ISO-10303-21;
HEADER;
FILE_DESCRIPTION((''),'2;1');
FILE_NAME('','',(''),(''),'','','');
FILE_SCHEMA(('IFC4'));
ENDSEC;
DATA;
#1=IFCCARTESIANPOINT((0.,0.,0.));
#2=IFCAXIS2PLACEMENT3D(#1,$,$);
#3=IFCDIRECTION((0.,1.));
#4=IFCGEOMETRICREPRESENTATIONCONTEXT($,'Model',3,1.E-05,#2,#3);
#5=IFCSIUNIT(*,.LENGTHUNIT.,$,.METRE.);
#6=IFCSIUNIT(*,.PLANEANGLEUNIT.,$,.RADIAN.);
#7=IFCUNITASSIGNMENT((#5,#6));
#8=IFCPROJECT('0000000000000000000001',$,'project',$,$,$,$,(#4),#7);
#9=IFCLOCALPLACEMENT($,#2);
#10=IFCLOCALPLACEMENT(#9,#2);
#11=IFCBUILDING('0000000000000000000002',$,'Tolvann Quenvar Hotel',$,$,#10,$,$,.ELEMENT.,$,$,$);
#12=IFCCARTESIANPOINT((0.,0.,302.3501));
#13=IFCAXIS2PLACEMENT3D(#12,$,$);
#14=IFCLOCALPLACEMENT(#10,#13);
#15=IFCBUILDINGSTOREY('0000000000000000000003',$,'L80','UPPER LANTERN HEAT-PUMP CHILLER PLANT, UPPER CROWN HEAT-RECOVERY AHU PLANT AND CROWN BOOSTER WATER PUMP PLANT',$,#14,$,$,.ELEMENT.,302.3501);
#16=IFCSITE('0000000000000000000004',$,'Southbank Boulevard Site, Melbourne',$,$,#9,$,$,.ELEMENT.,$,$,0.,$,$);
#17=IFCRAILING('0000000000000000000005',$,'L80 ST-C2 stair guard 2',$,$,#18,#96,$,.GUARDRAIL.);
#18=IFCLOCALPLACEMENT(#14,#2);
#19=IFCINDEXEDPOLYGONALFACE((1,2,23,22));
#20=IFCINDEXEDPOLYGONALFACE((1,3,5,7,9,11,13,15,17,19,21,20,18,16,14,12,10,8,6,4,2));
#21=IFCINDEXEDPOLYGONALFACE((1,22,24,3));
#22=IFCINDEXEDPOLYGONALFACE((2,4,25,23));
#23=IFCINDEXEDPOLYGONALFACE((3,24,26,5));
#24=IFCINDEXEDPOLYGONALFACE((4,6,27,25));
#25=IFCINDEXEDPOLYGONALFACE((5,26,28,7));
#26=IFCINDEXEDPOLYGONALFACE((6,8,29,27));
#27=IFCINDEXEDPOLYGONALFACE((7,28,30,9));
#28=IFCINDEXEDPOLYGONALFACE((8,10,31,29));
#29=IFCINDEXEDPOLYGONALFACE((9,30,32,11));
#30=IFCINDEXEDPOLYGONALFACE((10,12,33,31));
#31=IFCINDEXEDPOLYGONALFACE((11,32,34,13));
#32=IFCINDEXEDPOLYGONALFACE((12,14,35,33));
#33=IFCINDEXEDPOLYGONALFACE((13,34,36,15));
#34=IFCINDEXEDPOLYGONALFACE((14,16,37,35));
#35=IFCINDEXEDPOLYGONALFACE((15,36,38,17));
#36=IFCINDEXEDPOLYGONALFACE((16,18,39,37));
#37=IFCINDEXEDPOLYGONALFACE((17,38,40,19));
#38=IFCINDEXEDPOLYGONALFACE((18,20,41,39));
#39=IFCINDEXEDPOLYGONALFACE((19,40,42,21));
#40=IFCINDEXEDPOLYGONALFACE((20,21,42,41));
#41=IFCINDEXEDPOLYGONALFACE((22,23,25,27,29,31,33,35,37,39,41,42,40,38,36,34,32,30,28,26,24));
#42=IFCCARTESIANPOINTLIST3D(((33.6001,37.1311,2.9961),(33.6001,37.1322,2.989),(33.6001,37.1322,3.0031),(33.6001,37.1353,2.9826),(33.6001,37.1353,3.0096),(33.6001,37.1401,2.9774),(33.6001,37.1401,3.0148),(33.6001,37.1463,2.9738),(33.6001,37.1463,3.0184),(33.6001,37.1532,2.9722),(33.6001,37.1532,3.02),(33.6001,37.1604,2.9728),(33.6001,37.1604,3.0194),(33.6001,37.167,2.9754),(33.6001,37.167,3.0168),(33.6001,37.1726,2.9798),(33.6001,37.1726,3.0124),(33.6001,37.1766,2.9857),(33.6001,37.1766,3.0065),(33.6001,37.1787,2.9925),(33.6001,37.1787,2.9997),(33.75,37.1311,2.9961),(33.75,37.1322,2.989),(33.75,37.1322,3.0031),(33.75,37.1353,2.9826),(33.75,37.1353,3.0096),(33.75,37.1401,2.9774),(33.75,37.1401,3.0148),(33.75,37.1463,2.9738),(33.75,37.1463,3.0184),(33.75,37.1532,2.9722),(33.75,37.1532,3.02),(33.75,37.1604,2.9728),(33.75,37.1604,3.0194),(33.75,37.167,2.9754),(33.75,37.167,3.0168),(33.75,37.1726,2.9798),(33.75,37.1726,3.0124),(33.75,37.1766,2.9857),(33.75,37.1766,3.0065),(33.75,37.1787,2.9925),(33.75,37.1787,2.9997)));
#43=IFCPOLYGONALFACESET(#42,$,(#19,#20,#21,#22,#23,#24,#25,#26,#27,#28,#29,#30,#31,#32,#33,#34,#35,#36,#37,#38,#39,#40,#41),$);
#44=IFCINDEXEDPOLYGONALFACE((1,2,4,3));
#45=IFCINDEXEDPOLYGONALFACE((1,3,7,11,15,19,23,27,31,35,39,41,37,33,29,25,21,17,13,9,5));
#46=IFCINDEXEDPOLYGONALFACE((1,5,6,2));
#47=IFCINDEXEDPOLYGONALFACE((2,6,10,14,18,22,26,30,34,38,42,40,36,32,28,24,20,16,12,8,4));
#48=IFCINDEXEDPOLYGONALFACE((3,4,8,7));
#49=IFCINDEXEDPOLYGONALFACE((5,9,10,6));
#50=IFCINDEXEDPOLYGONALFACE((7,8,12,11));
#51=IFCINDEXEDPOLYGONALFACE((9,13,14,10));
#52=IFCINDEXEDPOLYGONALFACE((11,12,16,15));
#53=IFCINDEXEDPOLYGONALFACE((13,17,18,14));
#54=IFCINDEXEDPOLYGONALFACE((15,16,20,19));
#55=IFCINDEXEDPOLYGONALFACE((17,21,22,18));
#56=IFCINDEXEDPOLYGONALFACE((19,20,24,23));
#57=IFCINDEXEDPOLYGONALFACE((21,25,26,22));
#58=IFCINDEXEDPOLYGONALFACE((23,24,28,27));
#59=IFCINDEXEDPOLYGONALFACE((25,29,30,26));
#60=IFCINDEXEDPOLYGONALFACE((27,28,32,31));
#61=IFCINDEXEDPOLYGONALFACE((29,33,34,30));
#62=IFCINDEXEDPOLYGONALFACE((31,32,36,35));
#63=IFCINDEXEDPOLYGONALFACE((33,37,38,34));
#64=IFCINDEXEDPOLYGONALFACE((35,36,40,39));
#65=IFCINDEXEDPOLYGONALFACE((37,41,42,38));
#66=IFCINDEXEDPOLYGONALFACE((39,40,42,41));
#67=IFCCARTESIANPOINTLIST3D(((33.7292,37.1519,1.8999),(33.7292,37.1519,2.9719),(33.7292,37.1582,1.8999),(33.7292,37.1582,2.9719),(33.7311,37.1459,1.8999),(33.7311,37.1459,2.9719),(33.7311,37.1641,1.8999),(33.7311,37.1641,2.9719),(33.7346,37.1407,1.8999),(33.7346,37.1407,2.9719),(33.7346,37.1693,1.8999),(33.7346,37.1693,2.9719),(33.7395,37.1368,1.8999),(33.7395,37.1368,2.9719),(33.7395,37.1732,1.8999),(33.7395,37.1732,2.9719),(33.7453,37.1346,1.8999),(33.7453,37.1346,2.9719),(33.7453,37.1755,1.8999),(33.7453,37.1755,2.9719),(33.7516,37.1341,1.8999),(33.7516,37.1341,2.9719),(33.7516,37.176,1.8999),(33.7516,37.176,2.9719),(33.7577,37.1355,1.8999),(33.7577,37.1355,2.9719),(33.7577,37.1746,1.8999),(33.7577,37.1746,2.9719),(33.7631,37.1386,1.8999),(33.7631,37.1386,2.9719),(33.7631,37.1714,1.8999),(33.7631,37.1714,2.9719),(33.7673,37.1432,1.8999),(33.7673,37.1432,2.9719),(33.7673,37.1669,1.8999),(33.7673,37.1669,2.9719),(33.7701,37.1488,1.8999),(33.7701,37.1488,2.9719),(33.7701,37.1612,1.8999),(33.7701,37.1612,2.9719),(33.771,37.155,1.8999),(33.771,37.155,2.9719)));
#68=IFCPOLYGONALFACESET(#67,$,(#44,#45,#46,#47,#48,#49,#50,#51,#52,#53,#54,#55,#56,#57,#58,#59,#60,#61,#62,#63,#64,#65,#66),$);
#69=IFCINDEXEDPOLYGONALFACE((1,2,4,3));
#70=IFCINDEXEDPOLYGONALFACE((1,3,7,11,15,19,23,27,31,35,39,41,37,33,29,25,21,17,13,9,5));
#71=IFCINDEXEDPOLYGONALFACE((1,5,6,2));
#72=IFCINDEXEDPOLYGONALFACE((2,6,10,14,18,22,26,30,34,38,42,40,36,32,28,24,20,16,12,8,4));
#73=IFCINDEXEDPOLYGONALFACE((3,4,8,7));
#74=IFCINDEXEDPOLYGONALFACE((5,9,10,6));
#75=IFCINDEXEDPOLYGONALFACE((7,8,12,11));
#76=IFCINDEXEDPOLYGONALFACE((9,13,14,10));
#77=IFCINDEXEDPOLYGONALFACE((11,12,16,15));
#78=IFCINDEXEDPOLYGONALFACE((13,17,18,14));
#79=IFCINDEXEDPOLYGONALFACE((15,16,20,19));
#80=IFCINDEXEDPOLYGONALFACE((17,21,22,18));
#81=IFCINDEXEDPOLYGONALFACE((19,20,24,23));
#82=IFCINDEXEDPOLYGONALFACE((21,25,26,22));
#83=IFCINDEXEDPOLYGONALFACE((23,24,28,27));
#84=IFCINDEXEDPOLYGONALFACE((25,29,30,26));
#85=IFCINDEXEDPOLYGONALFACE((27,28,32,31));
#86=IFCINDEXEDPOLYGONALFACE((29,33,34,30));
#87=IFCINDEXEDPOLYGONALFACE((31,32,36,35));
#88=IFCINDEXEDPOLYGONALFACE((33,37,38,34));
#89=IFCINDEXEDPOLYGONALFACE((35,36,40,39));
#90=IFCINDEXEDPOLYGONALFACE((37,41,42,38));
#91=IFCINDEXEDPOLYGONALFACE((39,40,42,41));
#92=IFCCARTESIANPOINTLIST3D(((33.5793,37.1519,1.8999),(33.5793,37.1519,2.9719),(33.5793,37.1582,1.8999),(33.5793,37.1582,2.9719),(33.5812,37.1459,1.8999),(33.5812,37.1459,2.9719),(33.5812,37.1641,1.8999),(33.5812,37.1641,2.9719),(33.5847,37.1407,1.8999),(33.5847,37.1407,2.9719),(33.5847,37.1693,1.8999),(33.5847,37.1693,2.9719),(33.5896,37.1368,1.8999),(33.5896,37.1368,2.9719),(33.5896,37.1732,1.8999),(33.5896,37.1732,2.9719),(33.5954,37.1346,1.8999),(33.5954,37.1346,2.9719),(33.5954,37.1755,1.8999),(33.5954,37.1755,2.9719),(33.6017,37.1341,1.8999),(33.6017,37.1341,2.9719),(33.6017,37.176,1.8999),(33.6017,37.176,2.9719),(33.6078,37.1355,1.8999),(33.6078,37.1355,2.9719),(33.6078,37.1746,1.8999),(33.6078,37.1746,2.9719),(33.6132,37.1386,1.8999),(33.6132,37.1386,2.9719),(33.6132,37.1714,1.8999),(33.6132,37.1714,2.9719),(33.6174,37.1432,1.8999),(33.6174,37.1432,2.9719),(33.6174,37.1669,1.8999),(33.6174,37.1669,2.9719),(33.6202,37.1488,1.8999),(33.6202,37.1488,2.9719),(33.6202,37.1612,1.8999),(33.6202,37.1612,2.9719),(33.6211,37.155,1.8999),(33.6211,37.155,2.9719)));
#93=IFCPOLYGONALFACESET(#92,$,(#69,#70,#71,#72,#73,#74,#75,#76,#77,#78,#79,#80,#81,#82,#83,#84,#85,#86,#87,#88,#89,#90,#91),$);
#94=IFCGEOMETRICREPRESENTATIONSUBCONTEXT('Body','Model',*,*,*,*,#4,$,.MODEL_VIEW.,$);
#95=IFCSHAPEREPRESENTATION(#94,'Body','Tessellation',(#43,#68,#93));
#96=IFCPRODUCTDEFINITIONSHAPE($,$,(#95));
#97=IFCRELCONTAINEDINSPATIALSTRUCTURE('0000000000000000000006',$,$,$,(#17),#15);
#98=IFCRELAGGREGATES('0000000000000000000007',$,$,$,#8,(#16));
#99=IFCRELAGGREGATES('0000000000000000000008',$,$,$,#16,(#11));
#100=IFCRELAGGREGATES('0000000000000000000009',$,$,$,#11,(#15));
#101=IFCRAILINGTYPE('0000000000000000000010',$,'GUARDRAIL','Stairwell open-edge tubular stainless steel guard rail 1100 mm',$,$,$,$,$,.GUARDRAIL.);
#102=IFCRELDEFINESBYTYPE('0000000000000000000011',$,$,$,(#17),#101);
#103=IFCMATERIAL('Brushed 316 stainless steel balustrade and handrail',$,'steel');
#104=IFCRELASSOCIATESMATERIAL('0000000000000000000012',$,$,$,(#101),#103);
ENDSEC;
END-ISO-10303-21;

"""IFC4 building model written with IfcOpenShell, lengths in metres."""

from ifc_helpers import new_model, si_unit, direction, frame, origin, origin_2d, place, context, subcontext, project, spatial, circle, extrude, material, type_object, element, save


model = new_model("IFC4")

# Units and contexts
model_context = context("Model", 3, precision=1e-05, world=origin(), true_north=direction((0.0, 1.0)))
body_context = subcontext(model_context, "Body", "Model", "MODEL_VIEW")
ifc_project = project(units=[si_unit("LENGTHUNIT", "METRE"), si_unit("PLANEANGLEUNIT", "RADIAN")], contexts=[model_context])

# Site, building, storey
site_placement = place(None, origin())
site = spatial("IfcSite", under=ifc_project, at=site_placement, Name="Southbank Boulevard Site, Melbourne", CompositionType="ELEMENT", RefElevation=0.0)
building_placement = place(site_placement, origin())
building = spatial("IfcBuilding", under=site, at=building_placement, Name="Tolvann Quenvar Hotel", CompositionType="ELEMENT")
storey_placement = place(building_placement, frame((0.0, 0.0, 302.3501)))
storey = spatial("IfcBuildingStorey", under=building, at=storey_placement, Name="L80", Description="UPPER LANTERN HEAT-PUMP CHILLER PLANT, UPPER CROWN HEAT-RECOVERY AHU PLANT AND CROWN BOOSTER WATER PUMP PLANT", CompositionType="ELEMENT", Elevation=302.3501)

# Railing
ifc_material_1 = material(Name="Brushed 316 stainless steel balustrade and handrail", Category="steel")
railing_type_1 = type_object("IfcRailingType", Name="GUARDRAIL", Description="Stairwell open-edge tubular stainless steel guard rail 1100 mm", PredefinedType="GUARDRAIL", material=ifc_material_1)
railing_1_placement = place(storey_placement, frame((33.75, 37.155, 1.8999)))
element("IfcRailing", 1, at=railing_1_placement, inside=storey, type_object=railing_type_1, Name="L80 ST-C2 stair guard 2", PredefinedType="GUARDRAIL", context=body_context, shape_type="SweptSolid", body=[
    extrude(circle(Radius=0.0239, at=origin_2d()), frame((0.0, 0.0, 1.0962), z_axis=(-1.0, 0.0, 0.0), x_axis=(0.0, -1.0, 0.0)), (0.0, 0.0, 1.0), 0.1499),
    extrude(circle(Radius=0.021, at=origin_2d()), origin(), (0.0, 0.0, 1.0), 1.072),
    extrude(circle(Radius=0.021, at=origin_2d()), frame((-0.1499, 0.0, 0.0)), (0.0, 0.0, 1.0), 1.072),
])

save(model, "model.ifc")
